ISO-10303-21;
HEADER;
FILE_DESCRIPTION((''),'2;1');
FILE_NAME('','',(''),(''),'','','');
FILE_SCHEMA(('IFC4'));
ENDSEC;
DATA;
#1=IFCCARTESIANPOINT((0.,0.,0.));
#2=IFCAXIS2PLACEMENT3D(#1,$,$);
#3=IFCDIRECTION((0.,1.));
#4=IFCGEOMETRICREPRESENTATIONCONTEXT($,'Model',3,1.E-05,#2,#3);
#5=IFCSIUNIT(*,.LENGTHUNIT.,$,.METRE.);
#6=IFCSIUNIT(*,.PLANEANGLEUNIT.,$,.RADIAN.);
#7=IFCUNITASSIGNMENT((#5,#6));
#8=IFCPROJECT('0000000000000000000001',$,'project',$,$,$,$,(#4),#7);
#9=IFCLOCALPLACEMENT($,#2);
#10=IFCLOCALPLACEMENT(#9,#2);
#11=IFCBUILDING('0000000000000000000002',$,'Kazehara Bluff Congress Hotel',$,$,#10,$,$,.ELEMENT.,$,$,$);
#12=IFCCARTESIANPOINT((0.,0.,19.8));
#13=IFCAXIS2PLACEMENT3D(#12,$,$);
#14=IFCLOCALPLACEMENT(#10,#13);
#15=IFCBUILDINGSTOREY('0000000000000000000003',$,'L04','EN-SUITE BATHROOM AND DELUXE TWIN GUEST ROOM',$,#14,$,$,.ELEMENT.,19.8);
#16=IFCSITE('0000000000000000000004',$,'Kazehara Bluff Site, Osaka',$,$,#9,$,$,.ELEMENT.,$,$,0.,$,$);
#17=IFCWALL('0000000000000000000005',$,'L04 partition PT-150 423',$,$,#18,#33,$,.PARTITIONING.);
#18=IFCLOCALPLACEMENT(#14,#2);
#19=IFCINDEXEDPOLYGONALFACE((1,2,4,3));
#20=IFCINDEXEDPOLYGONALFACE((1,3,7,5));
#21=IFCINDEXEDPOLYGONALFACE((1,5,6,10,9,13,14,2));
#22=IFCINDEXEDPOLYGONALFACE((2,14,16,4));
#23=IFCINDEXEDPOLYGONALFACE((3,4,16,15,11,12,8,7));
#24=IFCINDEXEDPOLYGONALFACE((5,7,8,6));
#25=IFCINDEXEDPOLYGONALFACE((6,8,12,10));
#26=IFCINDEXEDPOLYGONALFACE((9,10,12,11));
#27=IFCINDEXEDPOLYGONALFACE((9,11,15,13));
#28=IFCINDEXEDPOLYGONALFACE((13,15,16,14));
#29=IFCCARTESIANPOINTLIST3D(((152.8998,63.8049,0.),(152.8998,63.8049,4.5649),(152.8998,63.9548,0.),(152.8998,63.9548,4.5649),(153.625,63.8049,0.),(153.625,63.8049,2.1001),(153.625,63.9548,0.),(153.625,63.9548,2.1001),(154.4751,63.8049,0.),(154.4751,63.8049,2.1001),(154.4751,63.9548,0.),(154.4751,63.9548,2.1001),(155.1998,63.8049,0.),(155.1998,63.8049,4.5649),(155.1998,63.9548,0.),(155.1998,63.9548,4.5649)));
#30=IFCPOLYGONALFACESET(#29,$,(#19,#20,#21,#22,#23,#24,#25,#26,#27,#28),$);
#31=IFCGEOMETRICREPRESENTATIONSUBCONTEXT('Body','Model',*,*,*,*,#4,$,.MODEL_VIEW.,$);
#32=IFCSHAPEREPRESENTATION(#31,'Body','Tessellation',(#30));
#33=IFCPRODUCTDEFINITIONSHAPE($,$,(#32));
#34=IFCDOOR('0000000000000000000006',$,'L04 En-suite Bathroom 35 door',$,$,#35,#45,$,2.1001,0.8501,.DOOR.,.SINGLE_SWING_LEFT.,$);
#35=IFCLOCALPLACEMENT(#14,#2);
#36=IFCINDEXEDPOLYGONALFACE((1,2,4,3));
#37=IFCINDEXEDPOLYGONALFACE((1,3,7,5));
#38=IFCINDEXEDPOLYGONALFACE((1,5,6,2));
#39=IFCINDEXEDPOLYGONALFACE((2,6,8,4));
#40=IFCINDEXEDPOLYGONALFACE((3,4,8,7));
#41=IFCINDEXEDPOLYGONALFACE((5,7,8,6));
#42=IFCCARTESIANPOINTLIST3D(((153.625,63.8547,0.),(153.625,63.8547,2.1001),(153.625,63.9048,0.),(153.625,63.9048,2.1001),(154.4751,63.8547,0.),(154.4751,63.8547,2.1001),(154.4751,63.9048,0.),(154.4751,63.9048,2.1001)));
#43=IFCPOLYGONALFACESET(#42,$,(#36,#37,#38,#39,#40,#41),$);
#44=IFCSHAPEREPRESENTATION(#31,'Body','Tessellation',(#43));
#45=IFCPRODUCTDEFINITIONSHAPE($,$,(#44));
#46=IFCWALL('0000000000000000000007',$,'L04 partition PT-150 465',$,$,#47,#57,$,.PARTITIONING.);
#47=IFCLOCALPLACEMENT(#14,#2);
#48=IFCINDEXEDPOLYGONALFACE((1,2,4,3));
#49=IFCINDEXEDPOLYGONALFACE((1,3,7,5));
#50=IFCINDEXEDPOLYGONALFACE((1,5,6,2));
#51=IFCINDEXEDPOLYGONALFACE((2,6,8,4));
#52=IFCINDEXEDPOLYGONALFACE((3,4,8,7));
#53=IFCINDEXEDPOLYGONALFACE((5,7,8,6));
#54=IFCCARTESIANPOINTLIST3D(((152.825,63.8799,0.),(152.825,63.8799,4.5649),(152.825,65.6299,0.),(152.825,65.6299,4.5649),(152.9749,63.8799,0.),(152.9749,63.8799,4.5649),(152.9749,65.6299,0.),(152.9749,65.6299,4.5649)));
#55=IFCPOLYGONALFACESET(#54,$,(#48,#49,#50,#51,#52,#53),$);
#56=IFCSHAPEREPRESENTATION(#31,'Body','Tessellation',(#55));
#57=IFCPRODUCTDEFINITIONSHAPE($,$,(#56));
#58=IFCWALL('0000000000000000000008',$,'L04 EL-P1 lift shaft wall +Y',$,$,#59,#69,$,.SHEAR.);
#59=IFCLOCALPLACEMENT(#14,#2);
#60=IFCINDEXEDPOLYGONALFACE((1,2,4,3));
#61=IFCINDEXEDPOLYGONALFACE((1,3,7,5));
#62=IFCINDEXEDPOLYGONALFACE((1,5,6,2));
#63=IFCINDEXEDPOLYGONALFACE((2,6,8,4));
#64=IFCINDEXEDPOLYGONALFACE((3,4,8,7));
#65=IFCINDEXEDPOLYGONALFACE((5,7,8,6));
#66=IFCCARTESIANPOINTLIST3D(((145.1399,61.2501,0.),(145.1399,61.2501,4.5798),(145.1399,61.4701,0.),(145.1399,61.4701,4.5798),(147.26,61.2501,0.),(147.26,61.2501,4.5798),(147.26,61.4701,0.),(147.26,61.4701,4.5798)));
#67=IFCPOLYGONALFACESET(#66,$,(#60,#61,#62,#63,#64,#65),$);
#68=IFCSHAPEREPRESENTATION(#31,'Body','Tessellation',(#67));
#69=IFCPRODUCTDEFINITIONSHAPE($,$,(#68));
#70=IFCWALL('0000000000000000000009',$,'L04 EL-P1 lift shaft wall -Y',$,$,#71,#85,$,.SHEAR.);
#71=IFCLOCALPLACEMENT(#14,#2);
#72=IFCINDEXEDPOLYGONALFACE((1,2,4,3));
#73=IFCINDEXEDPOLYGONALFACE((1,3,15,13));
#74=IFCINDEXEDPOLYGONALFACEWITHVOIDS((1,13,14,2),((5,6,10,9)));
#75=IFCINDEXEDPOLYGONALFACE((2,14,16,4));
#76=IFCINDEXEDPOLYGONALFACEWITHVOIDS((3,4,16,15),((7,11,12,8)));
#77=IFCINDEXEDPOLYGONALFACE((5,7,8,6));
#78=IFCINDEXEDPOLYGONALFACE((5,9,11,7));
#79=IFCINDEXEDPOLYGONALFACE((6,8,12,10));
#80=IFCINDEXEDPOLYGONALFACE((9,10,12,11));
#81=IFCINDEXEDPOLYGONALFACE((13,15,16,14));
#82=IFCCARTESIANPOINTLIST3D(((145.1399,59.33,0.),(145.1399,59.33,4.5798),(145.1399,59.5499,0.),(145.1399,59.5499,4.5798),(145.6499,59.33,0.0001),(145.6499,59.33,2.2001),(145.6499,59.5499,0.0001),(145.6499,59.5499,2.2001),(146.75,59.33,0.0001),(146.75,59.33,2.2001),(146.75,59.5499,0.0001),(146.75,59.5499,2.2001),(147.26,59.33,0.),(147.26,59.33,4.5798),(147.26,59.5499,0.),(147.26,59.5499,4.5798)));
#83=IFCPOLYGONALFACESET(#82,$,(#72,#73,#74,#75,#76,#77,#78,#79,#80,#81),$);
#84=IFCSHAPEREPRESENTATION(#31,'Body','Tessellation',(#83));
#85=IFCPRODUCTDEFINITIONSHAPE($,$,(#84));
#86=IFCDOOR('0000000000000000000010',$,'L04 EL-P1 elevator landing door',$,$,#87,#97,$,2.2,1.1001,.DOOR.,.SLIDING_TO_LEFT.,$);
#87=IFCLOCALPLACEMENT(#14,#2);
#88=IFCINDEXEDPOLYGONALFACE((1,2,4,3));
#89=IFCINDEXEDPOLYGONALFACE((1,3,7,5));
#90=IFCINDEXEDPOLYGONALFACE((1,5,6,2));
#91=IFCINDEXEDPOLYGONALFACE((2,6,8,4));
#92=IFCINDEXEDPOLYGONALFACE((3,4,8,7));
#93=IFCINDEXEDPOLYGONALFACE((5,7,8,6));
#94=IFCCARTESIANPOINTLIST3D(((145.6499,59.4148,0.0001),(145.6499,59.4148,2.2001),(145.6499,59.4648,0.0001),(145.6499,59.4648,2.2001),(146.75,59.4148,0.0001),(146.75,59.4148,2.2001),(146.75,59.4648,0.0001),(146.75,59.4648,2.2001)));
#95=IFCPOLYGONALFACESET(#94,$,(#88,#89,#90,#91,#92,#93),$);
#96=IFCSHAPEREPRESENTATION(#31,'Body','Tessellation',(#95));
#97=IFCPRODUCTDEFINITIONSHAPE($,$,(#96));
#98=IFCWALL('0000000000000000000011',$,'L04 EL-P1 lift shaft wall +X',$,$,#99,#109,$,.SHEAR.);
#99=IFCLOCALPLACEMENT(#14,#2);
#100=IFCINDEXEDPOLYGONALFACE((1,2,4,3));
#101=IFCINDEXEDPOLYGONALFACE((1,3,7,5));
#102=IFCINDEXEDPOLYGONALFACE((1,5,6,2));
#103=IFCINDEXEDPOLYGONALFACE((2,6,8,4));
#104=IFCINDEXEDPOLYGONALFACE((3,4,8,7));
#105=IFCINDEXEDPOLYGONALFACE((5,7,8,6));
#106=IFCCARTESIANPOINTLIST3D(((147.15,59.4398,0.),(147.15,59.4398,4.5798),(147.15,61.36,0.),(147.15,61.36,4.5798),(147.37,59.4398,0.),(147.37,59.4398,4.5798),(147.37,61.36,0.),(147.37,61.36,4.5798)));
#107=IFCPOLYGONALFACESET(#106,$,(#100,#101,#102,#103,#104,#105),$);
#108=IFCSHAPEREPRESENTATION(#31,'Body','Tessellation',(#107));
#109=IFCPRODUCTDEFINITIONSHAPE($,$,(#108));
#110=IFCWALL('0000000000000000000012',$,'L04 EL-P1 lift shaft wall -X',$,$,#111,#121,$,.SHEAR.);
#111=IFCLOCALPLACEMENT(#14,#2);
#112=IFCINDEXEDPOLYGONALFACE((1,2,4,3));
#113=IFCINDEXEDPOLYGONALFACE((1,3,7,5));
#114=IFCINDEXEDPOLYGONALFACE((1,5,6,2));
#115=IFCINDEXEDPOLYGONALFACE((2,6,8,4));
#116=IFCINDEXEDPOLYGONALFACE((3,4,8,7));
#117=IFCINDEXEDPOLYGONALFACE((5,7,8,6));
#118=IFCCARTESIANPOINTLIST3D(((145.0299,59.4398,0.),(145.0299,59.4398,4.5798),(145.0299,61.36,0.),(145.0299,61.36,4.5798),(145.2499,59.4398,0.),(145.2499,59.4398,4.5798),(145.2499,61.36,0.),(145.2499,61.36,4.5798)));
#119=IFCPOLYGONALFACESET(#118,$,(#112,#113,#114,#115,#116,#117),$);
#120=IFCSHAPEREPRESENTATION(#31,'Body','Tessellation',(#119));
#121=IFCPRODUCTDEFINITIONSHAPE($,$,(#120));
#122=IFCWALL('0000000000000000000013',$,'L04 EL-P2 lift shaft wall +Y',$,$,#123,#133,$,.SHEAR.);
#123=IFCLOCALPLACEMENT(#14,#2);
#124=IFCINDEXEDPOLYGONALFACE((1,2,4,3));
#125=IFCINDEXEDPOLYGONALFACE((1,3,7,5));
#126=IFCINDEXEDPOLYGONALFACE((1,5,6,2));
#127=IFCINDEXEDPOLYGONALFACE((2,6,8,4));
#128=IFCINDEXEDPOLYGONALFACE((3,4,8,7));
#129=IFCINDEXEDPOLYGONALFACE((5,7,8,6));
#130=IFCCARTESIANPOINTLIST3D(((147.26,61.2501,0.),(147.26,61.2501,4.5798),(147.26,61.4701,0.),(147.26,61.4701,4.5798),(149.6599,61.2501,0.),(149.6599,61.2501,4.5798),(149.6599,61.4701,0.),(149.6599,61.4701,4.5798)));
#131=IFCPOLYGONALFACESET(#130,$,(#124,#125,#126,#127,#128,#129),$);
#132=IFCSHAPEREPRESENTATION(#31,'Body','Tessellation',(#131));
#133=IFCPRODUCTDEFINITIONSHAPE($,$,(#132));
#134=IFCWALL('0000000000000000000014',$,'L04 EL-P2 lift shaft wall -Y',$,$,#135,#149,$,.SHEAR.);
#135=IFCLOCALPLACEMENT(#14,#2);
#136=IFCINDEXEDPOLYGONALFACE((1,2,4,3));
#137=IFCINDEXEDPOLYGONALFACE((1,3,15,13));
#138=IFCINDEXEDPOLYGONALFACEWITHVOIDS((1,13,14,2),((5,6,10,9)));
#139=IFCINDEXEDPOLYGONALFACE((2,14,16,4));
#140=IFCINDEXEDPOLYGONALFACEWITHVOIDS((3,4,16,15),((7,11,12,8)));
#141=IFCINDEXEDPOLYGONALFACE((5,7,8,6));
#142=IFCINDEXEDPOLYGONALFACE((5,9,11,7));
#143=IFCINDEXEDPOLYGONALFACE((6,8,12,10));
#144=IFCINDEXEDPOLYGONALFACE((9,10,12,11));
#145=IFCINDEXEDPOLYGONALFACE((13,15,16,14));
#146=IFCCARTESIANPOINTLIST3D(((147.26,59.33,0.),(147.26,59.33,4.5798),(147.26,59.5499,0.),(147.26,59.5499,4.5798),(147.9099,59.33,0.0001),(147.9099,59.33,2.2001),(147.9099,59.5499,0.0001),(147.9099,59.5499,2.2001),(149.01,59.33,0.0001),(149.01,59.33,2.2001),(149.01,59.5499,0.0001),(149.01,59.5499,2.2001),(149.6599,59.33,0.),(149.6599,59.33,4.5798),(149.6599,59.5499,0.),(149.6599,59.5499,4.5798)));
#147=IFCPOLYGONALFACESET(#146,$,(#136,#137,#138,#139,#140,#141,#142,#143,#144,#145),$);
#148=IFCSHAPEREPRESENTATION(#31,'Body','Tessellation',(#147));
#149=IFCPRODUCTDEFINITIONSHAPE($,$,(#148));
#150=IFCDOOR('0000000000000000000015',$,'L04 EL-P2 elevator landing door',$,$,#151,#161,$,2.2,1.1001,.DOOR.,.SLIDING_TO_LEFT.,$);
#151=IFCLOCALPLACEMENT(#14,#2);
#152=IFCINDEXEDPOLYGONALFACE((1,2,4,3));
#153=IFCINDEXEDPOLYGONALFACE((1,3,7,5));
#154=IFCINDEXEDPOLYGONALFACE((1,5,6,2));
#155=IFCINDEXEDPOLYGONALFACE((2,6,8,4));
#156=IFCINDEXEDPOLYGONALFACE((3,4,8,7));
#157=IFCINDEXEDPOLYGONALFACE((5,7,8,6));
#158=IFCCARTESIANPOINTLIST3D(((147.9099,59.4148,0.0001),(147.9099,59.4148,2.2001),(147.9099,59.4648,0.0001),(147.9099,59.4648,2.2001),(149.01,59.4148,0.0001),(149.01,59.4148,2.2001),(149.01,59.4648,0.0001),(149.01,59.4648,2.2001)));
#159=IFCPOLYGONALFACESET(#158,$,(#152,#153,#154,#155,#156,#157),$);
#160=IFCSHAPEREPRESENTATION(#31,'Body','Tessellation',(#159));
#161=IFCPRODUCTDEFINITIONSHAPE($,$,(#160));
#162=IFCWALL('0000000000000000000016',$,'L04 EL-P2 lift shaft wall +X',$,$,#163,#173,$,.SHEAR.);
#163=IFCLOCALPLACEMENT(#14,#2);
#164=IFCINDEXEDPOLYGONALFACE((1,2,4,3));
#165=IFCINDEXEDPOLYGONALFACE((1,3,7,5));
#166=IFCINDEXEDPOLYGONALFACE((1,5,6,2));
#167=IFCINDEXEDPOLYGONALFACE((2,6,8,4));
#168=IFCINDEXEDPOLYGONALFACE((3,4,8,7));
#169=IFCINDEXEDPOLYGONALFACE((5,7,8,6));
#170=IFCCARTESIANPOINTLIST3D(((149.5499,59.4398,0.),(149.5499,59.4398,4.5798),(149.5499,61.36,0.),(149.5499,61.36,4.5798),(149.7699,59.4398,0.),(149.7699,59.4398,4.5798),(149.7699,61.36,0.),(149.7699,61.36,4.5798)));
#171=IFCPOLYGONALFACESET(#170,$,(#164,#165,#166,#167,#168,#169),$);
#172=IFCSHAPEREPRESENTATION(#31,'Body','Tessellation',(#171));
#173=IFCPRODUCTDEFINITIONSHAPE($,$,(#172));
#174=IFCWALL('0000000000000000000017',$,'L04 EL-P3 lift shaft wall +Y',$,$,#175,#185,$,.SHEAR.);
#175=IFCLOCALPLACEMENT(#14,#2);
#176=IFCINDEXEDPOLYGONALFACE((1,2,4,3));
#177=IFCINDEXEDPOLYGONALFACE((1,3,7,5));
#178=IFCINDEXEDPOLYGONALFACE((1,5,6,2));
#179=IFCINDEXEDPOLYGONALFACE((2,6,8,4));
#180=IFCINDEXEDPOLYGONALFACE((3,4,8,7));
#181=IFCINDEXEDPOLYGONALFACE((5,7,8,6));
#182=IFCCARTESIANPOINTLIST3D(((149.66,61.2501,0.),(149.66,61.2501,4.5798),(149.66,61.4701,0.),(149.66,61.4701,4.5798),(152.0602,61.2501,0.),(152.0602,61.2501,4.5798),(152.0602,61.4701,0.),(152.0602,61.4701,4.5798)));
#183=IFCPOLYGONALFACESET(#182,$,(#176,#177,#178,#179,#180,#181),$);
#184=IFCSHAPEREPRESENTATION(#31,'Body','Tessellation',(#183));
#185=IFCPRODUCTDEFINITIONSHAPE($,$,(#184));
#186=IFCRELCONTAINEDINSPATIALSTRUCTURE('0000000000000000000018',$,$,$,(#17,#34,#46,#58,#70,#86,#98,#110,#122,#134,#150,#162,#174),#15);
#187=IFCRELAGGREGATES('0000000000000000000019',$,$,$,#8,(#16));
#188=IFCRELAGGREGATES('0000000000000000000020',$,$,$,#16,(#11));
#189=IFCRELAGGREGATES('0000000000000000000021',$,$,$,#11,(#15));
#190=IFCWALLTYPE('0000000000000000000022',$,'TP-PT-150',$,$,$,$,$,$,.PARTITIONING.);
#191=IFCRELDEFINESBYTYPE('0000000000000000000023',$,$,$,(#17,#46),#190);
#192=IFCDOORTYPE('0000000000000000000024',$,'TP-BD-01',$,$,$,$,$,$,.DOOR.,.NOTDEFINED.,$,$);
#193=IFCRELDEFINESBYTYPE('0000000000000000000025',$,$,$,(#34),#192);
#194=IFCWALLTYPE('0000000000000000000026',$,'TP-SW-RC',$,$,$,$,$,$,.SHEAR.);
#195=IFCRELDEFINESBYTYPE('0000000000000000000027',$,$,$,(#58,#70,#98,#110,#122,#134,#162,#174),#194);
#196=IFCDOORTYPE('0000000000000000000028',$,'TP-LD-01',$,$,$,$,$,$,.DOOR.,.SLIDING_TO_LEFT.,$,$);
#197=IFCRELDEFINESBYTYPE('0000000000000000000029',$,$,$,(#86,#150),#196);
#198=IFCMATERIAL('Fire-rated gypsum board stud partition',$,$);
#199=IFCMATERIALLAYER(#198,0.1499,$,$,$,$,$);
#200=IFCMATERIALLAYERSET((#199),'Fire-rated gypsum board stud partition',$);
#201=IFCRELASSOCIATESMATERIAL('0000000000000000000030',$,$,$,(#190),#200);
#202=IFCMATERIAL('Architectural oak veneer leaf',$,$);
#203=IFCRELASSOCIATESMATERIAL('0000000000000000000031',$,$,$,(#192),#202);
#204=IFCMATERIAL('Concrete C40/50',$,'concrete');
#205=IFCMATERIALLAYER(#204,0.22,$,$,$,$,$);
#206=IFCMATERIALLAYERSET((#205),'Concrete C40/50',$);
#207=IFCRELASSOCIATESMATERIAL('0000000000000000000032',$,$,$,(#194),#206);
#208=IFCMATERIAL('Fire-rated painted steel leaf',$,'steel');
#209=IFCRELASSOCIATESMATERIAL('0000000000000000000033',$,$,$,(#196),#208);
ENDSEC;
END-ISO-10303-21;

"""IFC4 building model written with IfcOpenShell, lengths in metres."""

from ifc_helpers import new_model, si_unit, direction, frame, frame_2d, origin, place, context, subcontext, project, spatial, rectangle, extrude, material, layer, layer_set, type_object, element, fill, save


model = new_model("IFC4")

# Units and contexts
model_context = context("Model", 3, precision=1e-05, world=origin(), true_north=direction((0.0, 1.0)))
body_context = subcontext(model_context, "Body", "Model", "MODEL_VIEW")
ifc_project = project(units=[si_unit("LENGTHUNIT", "METRE"), si_unit("PLANEANGLEUNIT", "RADIAN")], contexts=[model_context])

# Site, building, storey
site_placement = place(None, origin())
site = spatial("IfcSite", under=ifc_project, at=site_placement, Name="Kazehara Bluff Site, Osaka", CompositionType="ELEMENT", RefElevation=0.0)
building_placement = place(site_placement, origin())
building = spatial("IfcBuilding", under=site, at=building_placement, Name="Kazehara Bluff Congress Hotel", CompositionType="ELEMENT")
storey_placement = place(building_placement, frame((0.0, 0.0, 19.8)))
storey = spatial("IfcBuildingStorey", under=building, at=storey_placement, Name="L04", Description="EN-SUITE BATHROOM AND DELUXE TWIN GUEST ROOM", CompositionType="ELEMENT", Elevation=19.8)

# Wall, opening, door
ifc_material_1 = material(Name="Fire-rated gypsum board stud partition")
ifc_layer_1 = layer(ifc_material_1, 0.1499)
ifc_layer_set_1 = layer_set([ifc_layer_1], Name="Fire-rated gypsum board stud partition")
wall_type_1 = type_object("IfcWallType", Name="TP-PT-150", PredefinedType="PARTITIONING", material=ifc_layer_set_1)
wall_1_placement = place(storey_placement, frame((152.8999, 63.8799, 0.0), z_axis=(0.0, 0.0, 1.0), x_axis=(1.0, 0.0, 0.0)))
wall_1 = element("IfcWall", 1, at=wall_1_placement, inside=storey, type_object=wall_type_1, Name="L04 partition PT-150 423", PredefinedType="PARTITIONING", context=body_context, shape_type="SweptSolid", body=[
    extrude(rectangle(XDim=2.3, YDim=0.1499, at=frame_2d((1.1499, 0.0))), origin(), (0.0, 0.0, 1.0), 4.5649),
])
opening_1_placement = place(wall_1_placement, frame((0.7251, 0.0, 0.0)))
opening_1 = element("IfcOpeningElement", 2, at=opening_1_placement, cuts=wall_1, PredefinedType="OPENING", context=body_context, shape_type="SweptSolid", body=[
    extrude(rectangle(XDim=0.8501, YDim=2.1001, at=frame_2d((0.425, 1.05))), frame((0.0, 0.085, 0.0), z_axis=(0.0, -1.0, 0.0), x_axis=(1.0, 0.0, 0.0)), (0.0, 0.0, 1.0), 0.1699),
])
ifc_material_2 = material(Name="Architectural oak veneer leaf")
door_type_1 = type_object("IfcDoorType", Name="TP-BD-01", OperationType="NOTDEFINED", PredefinedType="DOOR", material=ifc_material_2)
door_1_placement = place(opening_1_placement, origin())
door_1 = element("IfcDoor", 3, at=door_1_placement, inside=storey, type_object=door_type_1, Name="L04 En-suite Bathroom 35 door", OperationType="SINGLE_SWING_LEFT", OverallHeight=2.1001, OverallWidth=0.8501, PredefinedType="DOOR", context=body_context, shape_type="SweptSolid", body=[
    extrude(rectangle(XDim=0.8501, YDim=2.1001, at=frame_2d((0.425, 1.05))), frame((0.0, 0.0249, 0.0), z_axis=(0.0, -1.0, 0.0), x_axis=(1.0, 0.0, 0.0)), (0.0, 0.0, 1.0), 0.05),
])
fill(opening_1, door_1)

# Walls
wall_2_placement = place(storey_placement, frame((152.8999, 63.8799, 0.0), z_axis=(0.0, 0.0, 1.0), x_axis=(0.0, 1.0, 0.0)))
element("IfcWall", 4, at=wall_2_placement, inside=storey, type_object=wall_type_1, Name="L04 partition PT-150 465", PredefinedType="PARTITIONING", context=body_context, shape_type="SweptSolid", body=[
    extrude(rectangle(XDim=1.75, YDim=0.1499, at=frame_2d((0.875, 0.0))), origin(), (0.0, 0.0, 1.0), 4.5649),
])
ifc_material_3 = material(Name="Concrete C40/50", Category="concrete")
ifc_layer_2 = layer(ifc_material_3, 0.22)
ifc_layer_set_2 = layer_set([ifc_layer_2], Name="Concrete C40/50")
wall_type_2 = type_object("IfcWallType", Name="TP-SW-RC", PredefinedType="SHEAR", material=ifc_layer_set_2)
wall_3_placement = place(storey_placement, frame((145.1399, 61.3601, 0.0), z_axis=(0.0, 0.0, 1.0), x_axis=(1.0, 0.0, 0.0)))
element("IfcWall", 5, at=wall_3_placement, inside=storey, type_object=wall_type_2, Name="L04 EL-P1 lift shaft wall +Y", PredefinedType="SHEAR", context=body_context, shape_type="SweptSolid", body=[
    extrude(rectangle(XDim=2.1201, YDim=0.22, at=frame_2d((1.0601, 0.0))), origin(), (0.0, 0.0, 1.0), 4.5798),
])

# Wall, opening, door
wall_4_placement = place(storey_placement, frame((145.1399, 59.4399, 0.0), z_axis=(0.0, 0.0, 1.0), x_axis=(1.0, 0.0, 0.0)))
wall_4 = element("IfcWall", 6, at=wall_4_placement, inside=storey, type_object=wall_type_2, Name="L04 EL-P1 lift shaft wall -Y", PredefinedType="SHEAR", context=body_context, shape_type="SweptSolid", body=[
    extrude(rectangle(XDim=2.1201, YDim=0.22, at=frame_2d((1.0601, 0.0))), origin(), (0.0, 0.0, 1.0), 4.5798),
])
opening_2_placement = place(wall_4_placement, frame((0.51, 0.0, 0.0)))
opening_2 = element("IfcOpeningElement", 7, at=opening_2_placement, cuts=wall_4, PredefinedType="OPENING", context=body_context, shape_type="SweptSolid", body=[
    extrude(rectangle(XDim=1.1001, YDim=2.2, at=frame_2d((0.55, 1.1001))), frame((0.0, 0.1199, 0.0), z_axis=(0.0, -1.0, 0.0), x_axis=(1.0, 0.0, 0.0)), (0.0, 0.0, 1.0), 0.24),
])
ifc_material_4 = material(Name="Fire-rated painted steel leaf", Category="steel")
door_type_2 = type_object("IfcDoorType", Name="TP-LD-01", OperationType="SLIDING_TO_LEFT", PredefinedType="DOOR", material=ifc_material_4)
door_2_placement = place(opening_2_placement, origin())
door_2 = element("IfcDoor", 8, at=door_2_placement, inside=storey, type_object=door_type_2, Name="L04 EL-P1 elevator landing door", OperationType="SLIDING_TO_LEFT", OverallHeight=2.2, OverallWidth=1.1001, PredefinedType="DOOR", context=body_context, shape_type="SweptSolid", body=[
    extrude(rectangle(XDim=1.1001, YDim=2.2, at=frame_2d((0.55, 1.1001))), frame((0.0, 0.0249, 0.0), z_axis=(0.0, -1.0, 0.0), x_axis=(1.0, 0.0, 0.0)), (0.0, 0.0, 1.0), 0.05),
])
fill(opening_2, door_2)

# Walls
for number, where, z_axis, x_axis, name in (
    (9, (147.26, 59.4399, 0.0), (0.0, 0.0, 1.0), (0.0, 1.0, 0.0), "L04 EL-P1 lift shaft wall +X"),
    (10, (145.1399, 59.4399, 0.0), (0.0, 0.0, 1.0), (0.0, 1.0, 0.0), "L04 EL-P1 lift shaft wall -X"),
):
    element("IfcWall", number, at=place(storey_placement, frame(where, z_axis=z_axis, x_axis=x_axis)), inside=storey, type_object=wall_type_2, Name=name, PredefinedType="SHEAR", context=body_context, shape_type="SweptSolid", body=[
        extrude(rectangle(XDim=1.9202, YDim=0.22, at=frame_2d((0.96, 0.0))), origin(), (0.0, 0.0, 1.0), 4.5798),
    ])
wall_5_placement = place(storey_placement, frame((147.26, 61.3601, 0.0), z_axis=(0.0, 0.0, 1.0), x_axis=(1.0, 0.0, 0.0)))
element("IfcWall", 11, at=wall_5_placement, inside=storey, type_object=wall_type_2, Name="L04 EL-P2 lift shaft wall +Y", PredefinedType="SHEAR", context=body_context, shape_type="SweptSolid", body=[
    extrude(rectangle(XDim=2.3999, YDim=0.22, at=frame_2d((1.2, 0.0))), origin(), (0.0, 0.0, 1.0), 4.5798),
])

# Wall, opening, door
wall_6_placement = place(storey_placement, frame((147.26, 59.4399, 0.0), z_axis=(0.0, 0.0, 1.0), x_axis=(1.0, 0.0, 0.0)))
wall_6 = element("IfcWall", 12, at=wall_6_placement, inside=storey, type_object=wall_type_2, Name="L04 EL-P2 lift shaft wall -Y", PredefinedType="SHEAR", context=body_context, shape_type="SweptSolid", body=[
    extrude(rectangle(XDim=2.3999, YDim=0.22, at=frame_2d((1.2, 0.0))), origin(), (0.0, 0.0, 1.0), 4.5798),
])
opening_3_placement = place(wall_6_placement, frame((0.6499, 0.0, 0.0)))
opening_3 = element("IfcOpeningElement", 13, at=opening_3_placement, cuts=wall_6, PredefinedType="OPENING", context=body_context, shape_type="SweptSolid", body=[
    extrude(rectangle(XDim=1.1001, YDim=2.2, at=frame_2d((0.55, 1.1001))), frame((0.0, 0.1199, 0.0), z_axis=(0.0, -1.0, 0.0), x_axis=(1.0, 0.0, 0.0)), (0.0, 0.0, 1.0), 0.24),
])
door_3_placement = place(opening_3_placement, origin())
door_3 = element("IfcDoor", 14, at=door_3_placement, inside=storey, type_object=door_type_2, Name="L04 EL-P2 elevator landing door", OperationType="SLIDING_TO_LEFT", OverallHeight=2.2, OverallWidth=1.1001, PredefinedType="DOOR", context=body_context, shape_type="SweptSolid", body=[
    extrude(rectangle(XDim=1.1001, YDim=2.2, at=frame_2d((0.55, 1.1001))), frame((0.0, 0.0249, 0.0), z_axis=(0.0, -1.0, 0.0), x_axis=(1.0, 0.0, 0.0)), (0.0, 0.0, 1.0), 0.05),
])
fill(opening_3, door_3)

# Walls
wall_7_placement = place(storey_placement, frame((149.6599, 59.4399, 0.0), z_axis=(0.0, 0.0, 1.0), x_axis=(0.0, 1.0, 0.0)))
element("IfcWall", 15, at=wall_7_placement, inside=storey, type_object=wall_type_2, Name="L04 EL-P2 lift shaft wall +X", PredefinedType="SHEAR", context=body_context, shape_type="SweptSolid", body=[
    extrude(rectangle(XDim=1.9202, YDim=0.22, at=frame_2d((0.96, 0.0))), origin(), (0.0, 0.0, 1.0), 4.5798),
])
wall_8_placement = place(storey_placement, frame((149.6599, 61.3601, 0.0), z_axis=(0.0, 0.0, 1.0), x_axis=(1.0, 0.0, 0.0)))
element("IfcWall", 16, at=wall_8_placement, inside=storey, type_object=wall_type_2, Name="L04 EL-P3 lift shaft wall +Y", PredefinedType="SHEAR", context=body_context, shape_type="SweptSolid", body=[
    extrude(rectangle(XDim=2.4001, YDim=0.22, at=frame_2d((1.2002, 0.0))), origin(), (0.0, 0.0, 1.0), 4.5798),
])

save(model, "model.ifc")
